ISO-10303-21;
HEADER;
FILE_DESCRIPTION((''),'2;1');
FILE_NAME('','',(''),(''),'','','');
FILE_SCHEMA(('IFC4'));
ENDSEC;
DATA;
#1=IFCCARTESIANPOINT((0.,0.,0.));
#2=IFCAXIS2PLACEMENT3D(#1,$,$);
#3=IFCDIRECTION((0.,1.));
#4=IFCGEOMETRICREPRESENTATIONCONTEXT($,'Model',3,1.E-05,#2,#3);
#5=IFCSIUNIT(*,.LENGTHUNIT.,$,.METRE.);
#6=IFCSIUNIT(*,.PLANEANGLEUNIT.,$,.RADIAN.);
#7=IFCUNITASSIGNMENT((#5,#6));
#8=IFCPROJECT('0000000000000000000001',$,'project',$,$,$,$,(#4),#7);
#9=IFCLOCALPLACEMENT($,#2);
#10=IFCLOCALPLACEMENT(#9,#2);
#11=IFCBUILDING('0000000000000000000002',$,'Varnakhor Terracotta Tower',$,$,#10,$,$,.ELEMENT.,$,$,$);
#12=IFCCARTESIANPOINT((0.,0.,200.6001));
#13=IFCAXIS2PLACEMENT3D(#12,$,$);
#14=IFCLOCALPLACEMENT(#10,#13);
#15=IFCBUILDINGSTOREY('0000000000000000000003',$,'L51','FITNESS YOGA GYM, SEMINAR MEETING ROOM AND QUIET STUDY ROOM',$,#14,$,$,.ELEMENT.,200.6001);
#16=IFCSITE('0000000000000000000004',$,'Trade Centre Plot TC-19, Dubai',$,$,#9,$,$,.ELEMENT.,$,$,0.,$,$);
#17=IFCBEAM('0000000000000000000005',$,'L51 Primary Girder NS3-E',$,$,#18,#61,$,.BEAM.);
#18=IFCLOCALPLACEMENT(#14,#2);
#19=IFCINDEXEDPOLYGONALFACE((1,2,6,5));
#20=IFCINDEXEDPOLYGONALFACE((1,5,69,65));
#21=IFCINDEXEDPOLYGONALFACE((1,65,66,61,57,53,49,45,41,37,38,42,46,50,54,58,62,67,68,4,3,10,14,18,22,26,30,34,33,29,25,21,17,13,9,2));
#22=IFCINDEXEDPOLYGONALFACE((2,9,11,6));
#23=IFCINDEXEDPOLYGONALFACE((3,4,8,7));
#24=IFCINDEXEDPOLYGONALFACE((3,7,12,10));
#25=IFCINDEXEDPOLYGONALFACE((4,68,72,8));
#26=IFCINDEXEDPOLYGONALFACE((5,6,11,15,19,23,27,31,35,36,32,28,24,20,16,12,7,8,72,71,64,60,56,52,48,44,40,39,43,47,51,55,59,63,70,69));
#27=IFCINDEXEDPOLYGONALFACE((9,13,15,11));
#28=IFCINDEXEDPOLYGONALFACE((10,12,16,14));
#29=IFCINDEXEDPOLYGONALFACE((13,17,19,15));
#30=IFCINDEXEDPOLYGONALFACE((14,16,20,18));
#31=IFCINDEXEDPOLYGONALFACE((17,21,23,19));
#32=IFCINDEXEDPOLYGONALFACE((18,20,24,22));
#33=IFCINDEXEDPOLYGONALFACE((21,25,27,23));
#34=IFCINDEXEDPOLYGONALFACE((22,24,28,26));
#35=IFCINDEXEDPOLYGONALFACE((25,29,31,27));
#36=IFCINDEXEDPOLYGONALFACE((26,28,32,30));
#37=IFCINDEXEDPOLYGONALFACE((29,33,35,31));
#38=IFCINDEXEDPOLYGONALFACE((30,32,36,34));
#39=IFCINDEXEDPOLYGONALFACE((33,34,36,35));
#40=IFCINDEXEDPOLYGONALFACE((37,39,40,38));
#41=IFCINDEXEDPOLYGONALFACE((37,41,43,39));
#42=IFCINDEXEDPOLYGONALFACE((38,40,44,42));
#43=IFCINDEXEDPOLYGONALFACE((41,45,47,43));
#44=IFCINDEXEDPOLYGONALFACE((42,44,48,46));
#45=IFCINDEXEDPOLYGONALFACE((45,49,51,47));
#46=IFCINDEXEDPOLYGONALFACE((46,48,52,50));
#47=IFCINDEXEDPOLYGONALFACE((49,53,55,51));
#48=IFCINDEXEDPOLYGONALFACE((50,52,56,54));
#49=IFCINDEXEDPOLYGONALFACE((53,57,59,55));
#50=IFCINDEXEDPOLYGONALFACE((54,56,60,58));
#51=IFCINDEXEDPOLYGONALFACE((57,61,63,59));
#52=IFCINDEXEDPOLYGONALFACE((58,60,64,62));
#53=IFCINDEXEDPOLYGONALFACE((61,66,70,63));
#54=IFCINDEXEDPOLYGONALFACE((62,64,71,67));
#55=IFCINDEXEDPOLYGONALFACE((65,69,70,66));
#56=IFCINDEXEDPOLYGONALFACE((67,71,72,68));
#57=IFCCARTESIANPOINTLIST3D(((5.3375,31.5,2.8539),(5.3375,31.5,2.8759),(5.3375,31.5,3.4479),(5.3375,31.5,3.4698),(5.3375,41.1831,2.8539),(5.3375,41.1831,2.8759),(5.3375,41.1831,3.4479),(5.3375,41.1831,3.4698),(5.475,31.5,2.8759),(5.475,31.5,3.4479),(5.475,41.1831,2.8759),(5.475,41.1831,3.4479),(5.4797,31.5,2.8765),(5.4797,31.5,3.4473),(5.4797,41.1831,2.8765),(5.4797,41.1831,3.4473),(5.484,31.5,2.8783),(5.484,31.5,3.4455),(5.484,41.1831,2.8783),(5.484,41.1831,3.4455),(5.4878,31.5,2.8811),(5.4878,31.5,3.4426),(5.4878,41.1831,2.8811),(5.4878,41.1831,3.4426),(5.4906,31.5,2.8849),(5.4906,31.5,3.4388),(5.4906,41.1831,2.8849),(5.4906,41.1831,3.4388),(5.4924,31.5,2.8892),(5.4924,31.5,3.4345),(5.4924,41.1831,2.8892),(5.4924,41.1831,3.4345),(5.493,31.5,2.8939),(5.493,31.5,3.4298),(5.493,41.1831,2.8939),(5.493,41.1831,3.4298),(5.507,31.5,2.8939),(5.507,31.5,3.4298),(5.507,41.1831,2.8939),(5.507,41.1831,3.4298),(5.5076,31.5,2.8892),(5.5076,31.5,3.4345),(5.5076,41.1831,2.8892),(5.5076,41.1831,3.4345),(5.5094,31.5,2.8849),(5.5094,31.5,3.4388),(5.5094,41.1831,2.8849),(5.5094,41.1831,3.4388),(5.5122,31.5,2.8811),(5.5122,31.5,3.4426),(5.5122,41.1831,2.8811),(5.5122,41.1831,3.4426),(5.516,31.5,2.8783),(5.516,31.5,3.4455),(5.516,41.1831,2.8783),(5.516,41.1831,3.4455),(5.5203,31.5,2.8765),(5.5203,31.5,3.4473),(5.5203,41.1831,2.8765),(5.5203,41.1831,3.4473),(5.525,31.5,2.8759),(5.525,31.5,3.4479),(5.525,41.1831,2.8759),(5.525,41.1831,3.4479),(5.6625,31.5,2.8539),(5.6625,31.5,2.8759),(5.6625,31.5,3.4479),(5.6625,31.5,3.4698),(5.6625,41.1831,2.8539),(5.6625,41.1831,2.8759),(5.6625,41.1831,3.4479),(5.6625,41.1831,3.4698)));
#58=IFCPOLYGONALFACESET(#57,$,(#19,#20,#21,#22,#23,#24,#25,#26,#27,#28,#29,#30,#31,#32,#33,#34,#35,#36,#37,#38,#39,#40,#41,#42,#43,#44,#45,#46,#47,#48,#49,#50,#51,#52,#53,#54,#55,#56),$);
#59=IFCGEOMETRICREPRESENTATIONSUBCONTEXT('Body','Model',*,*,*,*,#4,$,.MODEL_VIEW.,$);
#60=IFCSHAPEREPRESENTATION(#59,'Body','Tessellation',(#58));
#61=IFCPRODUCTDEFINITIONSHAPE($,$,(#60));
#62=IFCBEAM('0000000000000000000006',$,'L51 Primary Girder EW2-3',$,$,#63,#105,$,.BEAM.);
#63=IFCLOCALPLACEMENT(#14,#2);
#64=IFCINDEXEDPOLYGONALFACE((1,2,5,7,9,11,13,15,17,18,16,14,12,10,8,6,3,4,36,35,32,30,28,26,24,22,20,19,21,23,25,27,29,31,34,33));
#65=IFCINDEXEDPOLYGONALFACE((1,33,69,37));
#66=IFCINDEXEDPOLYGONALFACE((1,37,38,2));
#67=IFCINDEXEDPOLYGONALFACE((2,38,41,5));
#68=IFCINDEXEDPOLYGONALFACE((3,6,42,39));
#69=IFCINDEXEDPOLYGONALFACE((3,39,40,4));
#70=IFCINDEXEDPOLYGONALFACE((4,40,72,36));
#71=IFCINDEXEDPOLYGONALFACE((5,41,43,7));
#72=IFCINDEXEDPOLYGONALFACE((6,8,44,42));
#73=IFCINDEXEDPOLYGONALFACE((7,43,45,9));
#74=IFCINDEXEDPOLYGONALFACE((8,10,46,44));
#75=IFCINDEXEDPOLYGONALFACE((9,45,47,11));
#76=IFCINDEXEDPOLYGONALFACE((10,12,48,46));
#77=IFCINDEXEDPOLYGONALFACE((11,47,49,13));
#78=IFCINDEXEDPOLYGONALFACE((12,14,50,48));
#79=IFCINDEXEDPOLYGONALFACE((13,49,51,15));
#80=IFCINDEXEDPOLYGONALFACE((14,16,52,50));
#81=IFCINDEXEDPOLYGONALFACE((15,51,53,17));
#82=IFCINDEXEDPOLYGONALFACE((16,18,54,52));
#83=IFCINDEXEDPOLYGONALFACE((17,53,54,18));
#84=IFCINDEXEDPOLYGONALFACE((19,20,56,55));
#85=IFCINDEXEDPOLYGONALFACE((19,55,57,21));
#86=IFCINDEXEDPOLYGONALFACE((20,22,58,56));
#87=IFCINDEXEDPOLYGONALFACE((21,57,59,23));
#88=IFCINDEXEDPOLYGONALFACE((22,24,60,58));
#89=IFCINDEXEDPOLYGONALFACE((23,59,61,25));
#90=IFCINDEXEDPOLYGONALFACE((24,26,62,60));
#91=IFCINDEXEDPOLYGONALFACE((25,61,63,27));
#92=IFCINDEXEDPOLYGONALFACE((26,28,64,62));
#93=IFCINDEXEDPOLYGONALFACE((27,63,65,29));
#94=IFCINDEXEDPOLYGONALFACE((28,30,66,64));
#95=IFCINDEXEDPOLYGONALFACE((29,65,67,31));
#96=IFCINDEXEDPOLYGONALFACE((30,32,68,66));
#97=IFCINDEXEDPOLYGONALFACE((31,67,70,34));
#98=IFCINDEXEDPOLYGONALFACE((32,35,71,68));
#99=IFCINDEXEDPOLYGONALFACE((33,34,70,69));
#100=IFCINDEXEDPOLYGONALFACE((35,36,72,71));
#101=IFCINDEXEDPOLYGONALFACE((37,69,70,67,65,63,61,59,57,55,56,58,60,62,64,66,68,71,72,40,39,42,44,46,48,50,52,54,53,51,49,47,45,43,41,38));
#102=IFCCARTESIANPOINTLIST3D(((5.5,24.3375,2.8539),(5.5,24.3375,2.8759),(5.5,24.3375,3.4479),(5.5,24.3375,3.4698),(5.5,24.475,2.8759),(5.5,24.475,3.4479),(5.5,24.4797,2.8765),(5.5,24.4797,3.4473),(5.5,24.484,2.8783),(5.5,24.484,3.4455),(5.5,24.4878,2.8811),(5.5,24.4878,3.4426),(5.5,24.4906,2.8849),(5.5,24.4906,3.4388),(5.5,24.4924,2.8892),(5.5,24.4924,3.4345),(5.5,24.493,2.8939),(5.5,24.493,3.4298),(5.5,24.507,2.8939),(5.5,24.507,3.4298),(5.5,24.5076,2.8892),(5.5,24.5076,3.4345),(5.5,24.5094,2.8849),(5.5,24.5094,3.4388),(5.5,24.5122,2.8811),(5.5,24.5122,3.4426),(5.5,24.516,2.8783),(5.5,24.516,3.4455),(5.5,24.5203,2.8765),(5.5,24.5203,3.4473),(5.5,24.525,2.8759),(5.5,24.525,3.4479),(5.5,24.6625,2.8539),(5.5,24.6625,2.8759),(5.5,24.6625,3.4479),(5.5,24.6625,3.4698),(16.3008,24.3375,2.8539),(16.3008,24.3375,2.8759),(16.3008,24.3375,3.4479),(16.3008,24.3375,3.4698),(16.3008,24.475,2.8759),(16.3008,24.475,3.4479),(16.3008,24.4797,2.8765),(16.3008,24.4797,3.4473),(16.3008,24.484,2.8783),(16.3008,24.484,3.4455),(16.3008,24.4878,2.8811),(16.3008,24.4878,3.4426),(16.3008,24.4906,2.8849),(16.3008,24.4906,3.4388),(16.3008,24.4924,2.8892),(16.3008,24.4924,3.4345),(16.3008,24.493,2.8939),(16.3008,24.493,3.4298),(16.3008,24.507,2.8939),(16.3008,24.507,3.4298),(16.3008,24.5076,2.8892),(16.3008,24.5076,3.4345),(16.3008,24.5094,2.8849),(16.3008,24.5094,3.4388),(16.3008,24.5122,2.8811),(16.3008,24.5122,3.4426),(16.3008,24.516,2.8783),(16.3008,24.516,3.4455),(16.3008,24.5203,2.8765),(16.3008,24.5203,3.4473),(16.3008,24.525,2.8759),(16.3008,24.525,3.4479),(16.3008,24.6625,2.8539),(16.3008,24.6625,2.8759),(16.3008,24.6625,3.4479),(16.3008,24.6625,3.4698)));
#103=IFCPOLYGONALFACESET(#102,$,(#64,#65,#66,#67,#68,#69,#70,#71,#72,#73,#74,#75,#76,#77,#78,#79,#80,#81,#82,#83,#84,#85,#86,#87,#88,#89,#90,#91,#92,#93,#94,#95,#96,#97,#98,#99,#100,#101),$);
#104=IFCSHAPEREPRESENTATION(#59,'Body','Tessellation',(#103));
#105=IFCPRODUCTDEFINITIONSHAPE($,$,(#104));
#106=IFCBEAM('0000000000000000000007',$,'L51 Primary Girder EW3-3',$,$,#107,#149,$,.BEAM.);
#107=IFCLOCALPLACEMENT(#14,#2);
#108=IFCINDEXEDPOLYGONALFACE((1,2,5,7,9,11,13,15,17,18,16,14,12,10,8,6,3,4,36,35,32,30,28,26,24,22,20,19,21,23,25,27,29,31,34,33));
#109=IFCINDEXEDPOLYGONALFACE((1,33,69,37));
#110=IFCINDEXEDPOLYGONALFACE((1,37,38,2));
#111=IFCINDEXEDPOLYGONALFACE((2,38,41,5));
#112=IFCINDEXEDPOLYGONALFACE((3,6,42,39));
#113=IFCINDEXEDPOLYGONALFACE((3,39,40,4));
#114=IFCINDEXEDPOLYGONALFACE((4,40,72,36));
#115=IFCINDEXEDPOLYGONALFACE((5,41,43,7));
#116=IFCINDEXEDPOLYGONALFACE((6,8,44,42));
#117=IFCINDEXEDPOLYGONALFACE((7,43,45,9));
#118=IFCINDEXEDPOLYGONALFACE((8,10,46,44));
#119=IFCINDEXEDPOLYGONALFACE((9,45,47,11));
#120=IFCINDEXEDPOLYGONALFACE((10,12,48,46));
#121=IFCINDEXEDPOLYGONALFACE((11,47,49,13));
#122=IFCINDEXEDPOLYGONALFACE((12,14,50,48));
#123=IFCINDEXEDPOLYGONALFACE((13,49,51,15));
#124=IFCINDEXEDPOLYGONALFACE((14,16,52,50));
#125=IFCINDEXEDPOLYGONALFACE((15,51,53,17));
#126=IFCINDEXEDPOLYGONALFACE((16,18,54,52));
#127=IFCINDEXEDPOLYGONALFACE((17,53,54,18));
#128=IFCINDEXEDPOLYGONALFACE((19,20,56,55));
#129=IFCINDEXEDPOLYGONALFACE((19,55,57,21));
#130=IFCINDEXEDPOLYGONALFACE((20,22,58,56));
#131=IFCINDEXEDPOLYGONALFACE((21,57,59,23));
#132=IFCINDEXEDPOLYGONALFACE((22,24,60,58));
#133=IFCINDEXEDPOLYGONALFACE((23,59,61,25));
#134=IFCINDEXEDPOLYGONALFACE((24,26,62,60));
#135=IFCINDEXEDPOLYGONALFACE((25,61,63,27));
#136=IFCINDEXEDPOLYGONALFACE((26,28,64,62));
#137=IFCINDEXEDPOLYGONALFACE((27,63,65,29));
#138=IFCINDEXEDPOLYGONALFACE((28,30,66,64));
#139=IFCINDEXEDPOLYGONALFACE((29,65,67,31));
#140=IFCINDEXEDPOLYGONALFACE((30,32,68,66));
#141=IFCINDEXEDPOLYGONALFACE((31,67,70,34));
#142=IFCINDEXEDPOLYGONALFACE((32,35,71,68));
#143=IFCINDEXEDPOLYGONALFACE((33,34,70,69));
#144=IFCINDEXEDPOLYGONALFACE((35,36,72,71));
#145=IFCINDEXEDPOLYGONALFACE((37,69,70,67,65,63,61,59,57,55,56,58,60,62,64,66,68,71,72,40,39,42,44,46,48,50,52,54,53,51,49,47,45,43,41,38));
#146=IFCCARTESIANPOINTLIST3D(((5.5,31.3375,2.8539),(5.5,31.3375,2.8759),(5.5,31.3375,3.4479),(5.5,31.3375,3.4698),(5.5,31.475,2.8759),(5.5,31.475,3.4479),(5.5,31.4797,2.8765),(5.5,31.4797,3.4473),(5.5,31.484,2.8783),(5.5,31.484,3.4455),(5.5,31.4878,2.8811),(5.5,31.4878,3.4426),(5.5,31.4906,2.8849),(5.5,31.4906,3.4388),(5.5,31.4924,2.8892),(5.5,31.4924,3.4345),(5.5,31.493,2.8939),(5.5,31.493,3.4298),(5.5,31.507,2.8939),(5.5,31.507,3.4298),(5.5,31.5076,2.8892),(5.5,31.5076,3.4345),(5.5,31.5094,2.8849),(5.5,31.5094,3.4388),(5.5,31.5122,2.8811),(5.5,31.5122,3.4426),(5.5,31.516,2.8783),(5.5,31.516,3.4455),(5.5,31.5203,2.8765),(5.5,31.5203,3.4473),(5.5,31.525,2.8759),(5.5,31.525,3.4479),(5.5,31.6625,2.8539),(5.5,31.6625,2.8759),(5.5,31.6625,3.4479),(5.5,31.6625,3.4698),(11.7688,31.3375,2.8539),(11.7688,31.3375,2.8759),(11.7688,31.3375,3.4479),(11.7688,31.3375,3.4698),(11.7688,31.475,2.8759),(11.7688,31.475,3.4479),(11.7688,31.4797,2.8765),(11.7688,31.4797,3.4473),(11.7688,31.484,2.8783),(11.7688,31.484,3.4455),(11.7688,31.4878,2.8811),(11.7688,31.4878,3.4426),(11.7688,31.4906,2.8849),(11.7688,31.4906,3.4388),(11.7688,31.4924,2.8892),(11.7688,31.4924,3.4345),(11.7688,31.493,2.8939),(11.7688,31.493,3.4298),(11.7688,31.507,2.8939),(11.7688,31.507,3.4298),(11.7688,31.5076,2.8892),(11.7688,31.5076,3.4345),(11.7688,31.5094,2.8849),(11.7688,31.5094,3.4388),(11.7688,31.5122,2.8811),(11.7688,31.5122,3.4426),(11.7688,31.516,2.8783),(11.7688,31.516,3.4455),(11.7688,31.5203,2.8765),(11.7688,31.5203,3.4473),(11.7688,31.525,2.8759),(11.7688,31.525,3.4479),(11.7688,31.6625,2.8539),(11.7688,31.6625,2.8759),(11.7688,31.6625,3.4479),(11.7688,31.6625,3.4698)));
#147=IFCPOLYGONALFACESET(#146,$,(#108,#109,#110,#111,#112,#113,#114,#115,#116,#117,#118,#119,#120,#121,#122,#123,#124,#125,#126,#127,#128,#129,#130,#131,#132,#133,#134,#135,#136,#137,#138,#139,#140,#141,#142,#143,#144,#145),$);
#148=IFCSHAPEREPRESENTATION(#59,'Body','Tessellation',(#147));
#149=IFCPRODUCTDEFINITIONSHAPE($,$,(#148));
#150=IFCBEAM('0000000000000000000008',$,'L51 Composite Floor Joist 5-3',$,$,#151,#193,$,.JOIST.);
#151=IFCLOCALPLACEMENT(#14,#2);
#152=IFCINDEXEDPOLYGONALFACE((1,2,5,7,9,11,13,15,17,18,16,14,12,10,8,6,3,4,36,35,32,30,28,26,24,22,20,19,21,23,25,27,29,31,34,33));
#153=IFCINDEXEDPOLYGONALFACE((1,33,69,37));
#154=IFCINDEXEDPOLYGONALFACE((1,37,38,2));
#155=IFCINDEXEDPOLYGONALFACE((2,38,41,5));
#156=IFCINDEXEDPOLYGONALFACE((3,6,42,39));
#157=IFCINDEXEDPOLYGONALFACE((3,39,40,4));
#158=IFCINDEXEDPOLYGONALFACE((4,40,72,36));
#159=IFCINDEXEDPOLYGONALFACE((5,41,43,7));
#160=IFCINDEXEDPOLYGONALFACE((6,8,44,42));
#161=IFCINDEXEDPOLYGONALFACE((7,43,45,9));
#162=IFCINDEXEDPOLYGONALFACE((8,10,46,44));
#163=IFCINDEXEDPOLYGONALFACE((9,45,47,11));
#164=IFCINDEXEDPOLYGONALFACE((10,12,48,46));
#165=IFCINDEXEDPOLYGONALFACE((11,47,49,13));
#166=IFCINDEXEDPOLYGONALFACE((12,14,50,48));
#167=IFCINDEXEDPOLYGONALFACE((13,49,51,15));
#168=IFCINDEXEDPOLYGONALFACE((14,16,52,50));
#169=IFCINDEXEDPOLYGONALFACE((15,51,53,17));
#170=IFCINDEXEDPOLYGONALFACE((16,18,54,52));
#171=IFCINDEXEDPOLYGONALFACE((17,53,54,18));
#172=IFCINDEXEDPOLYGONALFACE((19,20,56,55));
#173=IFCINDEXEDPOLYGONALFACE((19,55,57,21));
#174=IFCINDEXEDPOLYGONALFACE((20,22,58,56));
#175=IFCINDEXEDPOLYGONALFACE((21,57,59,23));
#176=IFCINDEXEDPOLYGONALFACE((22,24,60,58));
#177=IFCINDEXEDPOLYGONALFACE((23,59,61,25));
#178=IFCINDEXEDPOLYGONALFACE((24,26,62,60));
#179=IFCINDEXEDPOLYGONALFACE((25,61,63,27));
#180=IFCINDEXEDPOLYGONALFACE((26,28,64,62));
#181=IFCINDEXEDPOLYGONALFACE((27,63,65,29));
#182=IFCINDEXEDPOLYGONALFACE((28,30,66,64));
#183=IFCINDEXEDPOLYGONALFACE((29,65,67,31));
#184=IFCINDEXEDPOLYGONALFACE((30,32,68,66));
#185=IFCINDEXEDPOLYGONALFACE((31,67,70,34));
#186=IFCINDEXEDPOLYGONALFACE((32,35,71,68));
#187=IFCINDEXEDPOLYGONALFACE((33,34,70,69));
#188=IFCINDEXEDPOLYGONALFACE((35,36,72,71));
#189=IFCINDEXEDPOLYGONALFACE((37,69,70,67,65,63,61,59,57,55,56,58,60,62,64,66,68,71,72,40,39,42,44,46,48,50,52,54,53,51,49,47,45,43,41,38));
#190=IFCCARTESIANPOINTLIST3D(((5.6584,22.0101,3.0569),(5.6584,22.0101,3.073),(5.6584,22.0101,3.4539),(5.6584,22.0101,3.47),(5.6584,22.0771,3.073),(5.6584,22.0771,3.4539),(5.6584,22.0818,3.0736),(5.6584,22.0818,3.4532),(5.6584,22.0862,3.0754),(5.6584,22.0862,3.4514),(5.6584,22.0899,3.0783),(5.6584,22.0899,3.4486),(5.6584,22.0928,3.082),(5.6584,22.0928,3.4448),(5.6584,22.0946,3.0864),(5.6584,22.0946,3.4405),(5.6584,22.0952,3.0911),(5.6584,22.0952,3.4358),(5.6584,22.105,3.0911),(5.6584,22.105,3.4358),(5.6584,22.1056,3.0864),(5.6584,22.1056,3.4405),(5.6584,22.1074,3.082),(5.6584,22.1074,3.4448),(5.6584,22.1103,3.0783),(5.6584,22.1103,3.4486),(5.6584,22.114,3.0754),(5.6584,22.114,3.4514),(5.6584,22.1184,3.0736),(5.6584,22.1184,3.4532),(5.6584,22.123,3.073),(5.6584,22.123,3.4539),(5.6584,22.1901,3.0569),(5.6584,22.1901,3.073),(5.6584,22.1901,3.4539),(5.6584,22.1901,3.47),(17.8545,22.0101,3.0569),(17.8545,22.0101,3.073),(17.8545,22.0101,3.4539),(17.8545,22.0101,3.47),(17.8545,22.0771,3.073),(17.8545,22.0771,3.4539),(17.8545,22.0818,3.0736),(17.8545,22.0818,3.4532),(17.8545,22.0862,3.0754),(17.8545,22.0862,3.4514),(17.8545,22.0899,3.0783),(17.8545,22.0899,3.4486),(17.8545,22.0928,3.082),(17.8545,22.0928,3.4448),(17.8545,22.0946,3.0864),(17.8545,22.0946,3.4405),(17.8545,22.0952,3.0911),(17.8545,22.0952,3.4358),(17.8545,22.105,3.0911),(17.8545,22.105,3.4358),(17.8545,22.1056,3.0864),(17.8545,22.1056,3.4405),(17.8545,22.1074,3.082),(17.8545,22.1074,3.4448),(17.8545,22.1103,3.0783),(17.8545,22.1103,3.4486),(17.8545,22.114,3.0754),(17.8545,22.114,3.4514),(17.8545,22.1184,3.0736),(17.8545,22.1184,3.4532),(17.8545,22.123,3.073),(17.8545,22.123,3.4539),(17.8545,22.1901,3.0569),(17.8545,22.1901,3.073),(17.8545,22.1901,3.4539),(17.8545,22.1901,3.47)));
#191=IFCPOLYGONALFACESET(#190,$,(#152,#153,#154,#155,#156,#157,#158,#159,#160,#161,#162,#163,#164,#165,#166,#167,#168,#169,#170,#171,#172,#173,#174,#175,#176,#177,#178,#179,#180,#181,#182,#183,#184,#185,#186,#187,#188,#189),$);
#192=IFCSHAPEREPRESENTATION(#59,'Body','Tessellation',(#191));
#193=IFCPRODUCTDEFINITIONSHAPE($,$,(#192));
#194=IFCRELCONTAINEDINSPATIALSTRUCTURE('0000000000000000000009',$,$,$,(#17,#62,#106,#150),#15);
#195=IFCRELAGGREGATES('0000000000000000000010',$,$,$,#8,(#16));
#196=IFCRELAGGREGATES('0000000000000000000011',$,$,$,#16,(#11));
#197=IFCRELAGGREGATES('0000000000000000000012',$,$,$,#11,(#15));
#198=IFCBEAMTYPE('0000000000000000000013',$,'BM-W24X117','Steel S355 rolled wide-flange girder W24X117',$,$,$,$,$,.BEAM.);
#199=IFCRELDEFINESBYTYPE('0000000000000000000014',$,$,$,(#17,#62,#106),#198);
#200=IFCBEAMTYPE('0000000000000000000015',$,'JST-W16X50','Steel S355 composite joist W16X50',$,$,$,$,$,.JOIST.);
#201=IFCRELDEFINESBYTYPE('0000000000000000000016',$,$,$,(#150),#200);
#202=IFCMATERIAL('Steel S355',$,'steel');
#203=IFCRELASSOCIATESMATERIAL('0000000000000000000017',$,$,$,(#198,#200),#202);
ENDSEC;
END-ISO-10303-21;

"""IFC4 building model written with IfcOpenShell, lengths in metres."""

from ifc_helpers import new_model, si_unit, direction, frame, origin, origin_2d, place, context, subcontext, project, spatial, i_section, extrude, source, transform, mapped, material, material_profile, profile_set, type_object, element, save


model = new_model("IFC4")

# Units and contexts
model_context = context("Model", 3, precision=1e-05, world=origin(), true_north=direction((0.0, 1.0)))
body_context = subcontext(model_context, "Body", "Model", "MODEL_VIEW")
ifc_project = project(units=[si_unit("LENGTHUNIT", "METRE"), si_unit("PLANEANGLEUNIT", "RADIAN")], contexts=[model_context])

# Site, building, storey
site_placement = place(None, origin())
site = spatial("IfcSite", under=ifc_project, at=site_placement, Name="Trade Centre Plot TC-19, Dubai", CompositionType="ELEMENT", RefElevation=0.0)
building_placement = place(site_placement, origin())
building = spatial("IfcBuilding", under=site, at=building_placement, Name="Varnakhor Terracotta Tower", CompositionType="ELEMENT")
storey_placement = place(building_placement, frame((0.0, 0.0, 200.6001)))
storey = spatial("IfcBuildingStorey", under=building, at=storey_placement, Name="L51", Description="FITNESS YOGA GYM, SEMINAR MEETING ROOM AND QUIET STUDY ROOM", CompositionType="ELEMENT", Elevation=200.6001)

# Beams
ifc_material_1 = material(Name="Steel S355", Category="steel")
ifc_material_profile_1 = material_profile(ifc_material_1, i_section(OverallWidth=0.325, OverallDepth=0.616, WebThickness=0.0139, FlangeThickness=0.022, FilletRadius=0.0181, at=origin_2d()), Name="W24X117")
ifc_profile_set_1 = profile_set([ifc_material_profile_1], Name="Steel S355")
beam_type_1 = type_object("IfcBeamType", Name="BM-W24X117", Description="Steel S355 rolled wide-flange girder W24X117", PredefinedType="BEAM", material=ifc_profile_set_1)
shared_shape_1 = source(origin(), body_context, "Body", "SweptSolid", [
    extrude(i_section(OverallWidth=0.325, OverallDepth=0.616, WebThickness=0.0139, FlangeThickness=0.022, FilletRadius=0.0181, at=origin_2d()), origin(), (0.0, 0.0, 1.0), 9.6831),
])
beam_1_placement = place(storey_placement, frame((5.5, 31.5, 3.1619), z_axis=(0.0, 1.0, 0.0), x_axis=(-1.0, 0.0, 0.0)))
element("IfcBeam", 1, at=beam_1_placement, inside=storey, type_object=beam_type_1, Name="L51 Primary Girder NS3-E", PredefinedType="BEAM", context=body_context, shape_type="MappedRepresentation", body=[
    mapped(shared_shape_1, transform((0.0, 0.0, 0.0), scale=1.0)),
])
shared_shape_2 = source(origin(), body_context, "Body", "SweptSolid", [
    extrude(i_section(OverallWidth=0.325, OverallDepth=0.616, WebThickness=0.0139, FlangeThickness=0.022, FilletRadius=0.0181, at=origin_2d()), origin(), (0.0, 0.0, 1.0), 10.8008),
])
beam_2_placement = place(storey_placement, frame((5.5, 24.5, 3.1619), z_axis=(1.0, 0.0, 0.0), x_axis=(0.0, 1.0, 0.0)))
element("IfcBeam", 2, at=beam_2_placement, inside=storey, type_object=beam_type_1, Name="L51 Primary Girder EW2-3", PredefinedType="BEAM", context=body_context, shape_type="MappedRepresentation", body=[
    mapped(shared_shape_2, transform((0.0, 0.0, 0.0), scale=1.0)),
])
shared_shape_3 = source(origin(), body_context, "Body", "SweptSolid", [
    extrude(i_section(OverallWidth=0.325, OverallDepth=0.616, WebThickness=0.0139, FlangeThickness=0.022, FilletRadius=0.0181, at=origin_2d()), origin(), (0.0, 0.0, 1.0), 6.2688),
])
beam_3_placement = place(storey_placement, frame((5.5, 31.5, 3.1619), z_axis=(1.0, 0.0, 0.0), x_axis=(0.0, 1.0, 0.0)))
element("IfcBeam", 3, at=beam_3_placement, inside=storey, type_object=beam_type_1, Name="L51 Primary Girder EW3-3", PredefinedType="BEAM", context=body_context, shape_type="MappedRepresentation", body=[
    mapped(shared_shape_3, transform((0.0, 0.0, 0.0), scale=1.0)),
])
ifc_material_profile_2 = material_profile(ifc_material_1, i_section(OverallWidth=0.1799, OverallDepth=0.4131, WebThickness=0.0098, FlangeThickness=0.0161, FilletRadius=0.0181, at=origin_2d()), Name="W16X50")
ifc_profile_set_2 = profile_set([ifc_material_profile_2], Name="Steel S355")
beam_type_2 = type_object("IfcBeamType", Name="JST-W16X50", Description="Steel S355 composite joist W16X50", PredefinedType="JOIST", material=ifc_profile_set_2)
shared_shape_4 = source(origin(), body_context, "Body", "SweptSolid", [
    extrude(i_section(OverallWidth=0.1799, OverallDepth=0.4131, WebThickness=0.0098, FlangeThickness=0.0161, FilletRadius=0.0181, at=origin_2d()), origin(), (0.0, 0.0, 1.0), 12.196),
])
beam_4_placement = place(storey_placement, frame((5.6584, 22.1001, 3.2634), z_axis=(1.0, 0.0, 0.0), x_axis=(0.0, 1.0, 0.0)))
element("IfcBeam", 4, at=beam_4_placement, inside=storey, type_object=beam_type_2, Name="L51 Composite Floor Joist 5-3", PredefinedType="JOIST", context=body_context, shape_type="MappedRepresentation", body=[
    mapped(shared_shape_4, transform((0.0, 0.0, 0.0), scale=1.0)),
])

save(model, "model.ifc")
